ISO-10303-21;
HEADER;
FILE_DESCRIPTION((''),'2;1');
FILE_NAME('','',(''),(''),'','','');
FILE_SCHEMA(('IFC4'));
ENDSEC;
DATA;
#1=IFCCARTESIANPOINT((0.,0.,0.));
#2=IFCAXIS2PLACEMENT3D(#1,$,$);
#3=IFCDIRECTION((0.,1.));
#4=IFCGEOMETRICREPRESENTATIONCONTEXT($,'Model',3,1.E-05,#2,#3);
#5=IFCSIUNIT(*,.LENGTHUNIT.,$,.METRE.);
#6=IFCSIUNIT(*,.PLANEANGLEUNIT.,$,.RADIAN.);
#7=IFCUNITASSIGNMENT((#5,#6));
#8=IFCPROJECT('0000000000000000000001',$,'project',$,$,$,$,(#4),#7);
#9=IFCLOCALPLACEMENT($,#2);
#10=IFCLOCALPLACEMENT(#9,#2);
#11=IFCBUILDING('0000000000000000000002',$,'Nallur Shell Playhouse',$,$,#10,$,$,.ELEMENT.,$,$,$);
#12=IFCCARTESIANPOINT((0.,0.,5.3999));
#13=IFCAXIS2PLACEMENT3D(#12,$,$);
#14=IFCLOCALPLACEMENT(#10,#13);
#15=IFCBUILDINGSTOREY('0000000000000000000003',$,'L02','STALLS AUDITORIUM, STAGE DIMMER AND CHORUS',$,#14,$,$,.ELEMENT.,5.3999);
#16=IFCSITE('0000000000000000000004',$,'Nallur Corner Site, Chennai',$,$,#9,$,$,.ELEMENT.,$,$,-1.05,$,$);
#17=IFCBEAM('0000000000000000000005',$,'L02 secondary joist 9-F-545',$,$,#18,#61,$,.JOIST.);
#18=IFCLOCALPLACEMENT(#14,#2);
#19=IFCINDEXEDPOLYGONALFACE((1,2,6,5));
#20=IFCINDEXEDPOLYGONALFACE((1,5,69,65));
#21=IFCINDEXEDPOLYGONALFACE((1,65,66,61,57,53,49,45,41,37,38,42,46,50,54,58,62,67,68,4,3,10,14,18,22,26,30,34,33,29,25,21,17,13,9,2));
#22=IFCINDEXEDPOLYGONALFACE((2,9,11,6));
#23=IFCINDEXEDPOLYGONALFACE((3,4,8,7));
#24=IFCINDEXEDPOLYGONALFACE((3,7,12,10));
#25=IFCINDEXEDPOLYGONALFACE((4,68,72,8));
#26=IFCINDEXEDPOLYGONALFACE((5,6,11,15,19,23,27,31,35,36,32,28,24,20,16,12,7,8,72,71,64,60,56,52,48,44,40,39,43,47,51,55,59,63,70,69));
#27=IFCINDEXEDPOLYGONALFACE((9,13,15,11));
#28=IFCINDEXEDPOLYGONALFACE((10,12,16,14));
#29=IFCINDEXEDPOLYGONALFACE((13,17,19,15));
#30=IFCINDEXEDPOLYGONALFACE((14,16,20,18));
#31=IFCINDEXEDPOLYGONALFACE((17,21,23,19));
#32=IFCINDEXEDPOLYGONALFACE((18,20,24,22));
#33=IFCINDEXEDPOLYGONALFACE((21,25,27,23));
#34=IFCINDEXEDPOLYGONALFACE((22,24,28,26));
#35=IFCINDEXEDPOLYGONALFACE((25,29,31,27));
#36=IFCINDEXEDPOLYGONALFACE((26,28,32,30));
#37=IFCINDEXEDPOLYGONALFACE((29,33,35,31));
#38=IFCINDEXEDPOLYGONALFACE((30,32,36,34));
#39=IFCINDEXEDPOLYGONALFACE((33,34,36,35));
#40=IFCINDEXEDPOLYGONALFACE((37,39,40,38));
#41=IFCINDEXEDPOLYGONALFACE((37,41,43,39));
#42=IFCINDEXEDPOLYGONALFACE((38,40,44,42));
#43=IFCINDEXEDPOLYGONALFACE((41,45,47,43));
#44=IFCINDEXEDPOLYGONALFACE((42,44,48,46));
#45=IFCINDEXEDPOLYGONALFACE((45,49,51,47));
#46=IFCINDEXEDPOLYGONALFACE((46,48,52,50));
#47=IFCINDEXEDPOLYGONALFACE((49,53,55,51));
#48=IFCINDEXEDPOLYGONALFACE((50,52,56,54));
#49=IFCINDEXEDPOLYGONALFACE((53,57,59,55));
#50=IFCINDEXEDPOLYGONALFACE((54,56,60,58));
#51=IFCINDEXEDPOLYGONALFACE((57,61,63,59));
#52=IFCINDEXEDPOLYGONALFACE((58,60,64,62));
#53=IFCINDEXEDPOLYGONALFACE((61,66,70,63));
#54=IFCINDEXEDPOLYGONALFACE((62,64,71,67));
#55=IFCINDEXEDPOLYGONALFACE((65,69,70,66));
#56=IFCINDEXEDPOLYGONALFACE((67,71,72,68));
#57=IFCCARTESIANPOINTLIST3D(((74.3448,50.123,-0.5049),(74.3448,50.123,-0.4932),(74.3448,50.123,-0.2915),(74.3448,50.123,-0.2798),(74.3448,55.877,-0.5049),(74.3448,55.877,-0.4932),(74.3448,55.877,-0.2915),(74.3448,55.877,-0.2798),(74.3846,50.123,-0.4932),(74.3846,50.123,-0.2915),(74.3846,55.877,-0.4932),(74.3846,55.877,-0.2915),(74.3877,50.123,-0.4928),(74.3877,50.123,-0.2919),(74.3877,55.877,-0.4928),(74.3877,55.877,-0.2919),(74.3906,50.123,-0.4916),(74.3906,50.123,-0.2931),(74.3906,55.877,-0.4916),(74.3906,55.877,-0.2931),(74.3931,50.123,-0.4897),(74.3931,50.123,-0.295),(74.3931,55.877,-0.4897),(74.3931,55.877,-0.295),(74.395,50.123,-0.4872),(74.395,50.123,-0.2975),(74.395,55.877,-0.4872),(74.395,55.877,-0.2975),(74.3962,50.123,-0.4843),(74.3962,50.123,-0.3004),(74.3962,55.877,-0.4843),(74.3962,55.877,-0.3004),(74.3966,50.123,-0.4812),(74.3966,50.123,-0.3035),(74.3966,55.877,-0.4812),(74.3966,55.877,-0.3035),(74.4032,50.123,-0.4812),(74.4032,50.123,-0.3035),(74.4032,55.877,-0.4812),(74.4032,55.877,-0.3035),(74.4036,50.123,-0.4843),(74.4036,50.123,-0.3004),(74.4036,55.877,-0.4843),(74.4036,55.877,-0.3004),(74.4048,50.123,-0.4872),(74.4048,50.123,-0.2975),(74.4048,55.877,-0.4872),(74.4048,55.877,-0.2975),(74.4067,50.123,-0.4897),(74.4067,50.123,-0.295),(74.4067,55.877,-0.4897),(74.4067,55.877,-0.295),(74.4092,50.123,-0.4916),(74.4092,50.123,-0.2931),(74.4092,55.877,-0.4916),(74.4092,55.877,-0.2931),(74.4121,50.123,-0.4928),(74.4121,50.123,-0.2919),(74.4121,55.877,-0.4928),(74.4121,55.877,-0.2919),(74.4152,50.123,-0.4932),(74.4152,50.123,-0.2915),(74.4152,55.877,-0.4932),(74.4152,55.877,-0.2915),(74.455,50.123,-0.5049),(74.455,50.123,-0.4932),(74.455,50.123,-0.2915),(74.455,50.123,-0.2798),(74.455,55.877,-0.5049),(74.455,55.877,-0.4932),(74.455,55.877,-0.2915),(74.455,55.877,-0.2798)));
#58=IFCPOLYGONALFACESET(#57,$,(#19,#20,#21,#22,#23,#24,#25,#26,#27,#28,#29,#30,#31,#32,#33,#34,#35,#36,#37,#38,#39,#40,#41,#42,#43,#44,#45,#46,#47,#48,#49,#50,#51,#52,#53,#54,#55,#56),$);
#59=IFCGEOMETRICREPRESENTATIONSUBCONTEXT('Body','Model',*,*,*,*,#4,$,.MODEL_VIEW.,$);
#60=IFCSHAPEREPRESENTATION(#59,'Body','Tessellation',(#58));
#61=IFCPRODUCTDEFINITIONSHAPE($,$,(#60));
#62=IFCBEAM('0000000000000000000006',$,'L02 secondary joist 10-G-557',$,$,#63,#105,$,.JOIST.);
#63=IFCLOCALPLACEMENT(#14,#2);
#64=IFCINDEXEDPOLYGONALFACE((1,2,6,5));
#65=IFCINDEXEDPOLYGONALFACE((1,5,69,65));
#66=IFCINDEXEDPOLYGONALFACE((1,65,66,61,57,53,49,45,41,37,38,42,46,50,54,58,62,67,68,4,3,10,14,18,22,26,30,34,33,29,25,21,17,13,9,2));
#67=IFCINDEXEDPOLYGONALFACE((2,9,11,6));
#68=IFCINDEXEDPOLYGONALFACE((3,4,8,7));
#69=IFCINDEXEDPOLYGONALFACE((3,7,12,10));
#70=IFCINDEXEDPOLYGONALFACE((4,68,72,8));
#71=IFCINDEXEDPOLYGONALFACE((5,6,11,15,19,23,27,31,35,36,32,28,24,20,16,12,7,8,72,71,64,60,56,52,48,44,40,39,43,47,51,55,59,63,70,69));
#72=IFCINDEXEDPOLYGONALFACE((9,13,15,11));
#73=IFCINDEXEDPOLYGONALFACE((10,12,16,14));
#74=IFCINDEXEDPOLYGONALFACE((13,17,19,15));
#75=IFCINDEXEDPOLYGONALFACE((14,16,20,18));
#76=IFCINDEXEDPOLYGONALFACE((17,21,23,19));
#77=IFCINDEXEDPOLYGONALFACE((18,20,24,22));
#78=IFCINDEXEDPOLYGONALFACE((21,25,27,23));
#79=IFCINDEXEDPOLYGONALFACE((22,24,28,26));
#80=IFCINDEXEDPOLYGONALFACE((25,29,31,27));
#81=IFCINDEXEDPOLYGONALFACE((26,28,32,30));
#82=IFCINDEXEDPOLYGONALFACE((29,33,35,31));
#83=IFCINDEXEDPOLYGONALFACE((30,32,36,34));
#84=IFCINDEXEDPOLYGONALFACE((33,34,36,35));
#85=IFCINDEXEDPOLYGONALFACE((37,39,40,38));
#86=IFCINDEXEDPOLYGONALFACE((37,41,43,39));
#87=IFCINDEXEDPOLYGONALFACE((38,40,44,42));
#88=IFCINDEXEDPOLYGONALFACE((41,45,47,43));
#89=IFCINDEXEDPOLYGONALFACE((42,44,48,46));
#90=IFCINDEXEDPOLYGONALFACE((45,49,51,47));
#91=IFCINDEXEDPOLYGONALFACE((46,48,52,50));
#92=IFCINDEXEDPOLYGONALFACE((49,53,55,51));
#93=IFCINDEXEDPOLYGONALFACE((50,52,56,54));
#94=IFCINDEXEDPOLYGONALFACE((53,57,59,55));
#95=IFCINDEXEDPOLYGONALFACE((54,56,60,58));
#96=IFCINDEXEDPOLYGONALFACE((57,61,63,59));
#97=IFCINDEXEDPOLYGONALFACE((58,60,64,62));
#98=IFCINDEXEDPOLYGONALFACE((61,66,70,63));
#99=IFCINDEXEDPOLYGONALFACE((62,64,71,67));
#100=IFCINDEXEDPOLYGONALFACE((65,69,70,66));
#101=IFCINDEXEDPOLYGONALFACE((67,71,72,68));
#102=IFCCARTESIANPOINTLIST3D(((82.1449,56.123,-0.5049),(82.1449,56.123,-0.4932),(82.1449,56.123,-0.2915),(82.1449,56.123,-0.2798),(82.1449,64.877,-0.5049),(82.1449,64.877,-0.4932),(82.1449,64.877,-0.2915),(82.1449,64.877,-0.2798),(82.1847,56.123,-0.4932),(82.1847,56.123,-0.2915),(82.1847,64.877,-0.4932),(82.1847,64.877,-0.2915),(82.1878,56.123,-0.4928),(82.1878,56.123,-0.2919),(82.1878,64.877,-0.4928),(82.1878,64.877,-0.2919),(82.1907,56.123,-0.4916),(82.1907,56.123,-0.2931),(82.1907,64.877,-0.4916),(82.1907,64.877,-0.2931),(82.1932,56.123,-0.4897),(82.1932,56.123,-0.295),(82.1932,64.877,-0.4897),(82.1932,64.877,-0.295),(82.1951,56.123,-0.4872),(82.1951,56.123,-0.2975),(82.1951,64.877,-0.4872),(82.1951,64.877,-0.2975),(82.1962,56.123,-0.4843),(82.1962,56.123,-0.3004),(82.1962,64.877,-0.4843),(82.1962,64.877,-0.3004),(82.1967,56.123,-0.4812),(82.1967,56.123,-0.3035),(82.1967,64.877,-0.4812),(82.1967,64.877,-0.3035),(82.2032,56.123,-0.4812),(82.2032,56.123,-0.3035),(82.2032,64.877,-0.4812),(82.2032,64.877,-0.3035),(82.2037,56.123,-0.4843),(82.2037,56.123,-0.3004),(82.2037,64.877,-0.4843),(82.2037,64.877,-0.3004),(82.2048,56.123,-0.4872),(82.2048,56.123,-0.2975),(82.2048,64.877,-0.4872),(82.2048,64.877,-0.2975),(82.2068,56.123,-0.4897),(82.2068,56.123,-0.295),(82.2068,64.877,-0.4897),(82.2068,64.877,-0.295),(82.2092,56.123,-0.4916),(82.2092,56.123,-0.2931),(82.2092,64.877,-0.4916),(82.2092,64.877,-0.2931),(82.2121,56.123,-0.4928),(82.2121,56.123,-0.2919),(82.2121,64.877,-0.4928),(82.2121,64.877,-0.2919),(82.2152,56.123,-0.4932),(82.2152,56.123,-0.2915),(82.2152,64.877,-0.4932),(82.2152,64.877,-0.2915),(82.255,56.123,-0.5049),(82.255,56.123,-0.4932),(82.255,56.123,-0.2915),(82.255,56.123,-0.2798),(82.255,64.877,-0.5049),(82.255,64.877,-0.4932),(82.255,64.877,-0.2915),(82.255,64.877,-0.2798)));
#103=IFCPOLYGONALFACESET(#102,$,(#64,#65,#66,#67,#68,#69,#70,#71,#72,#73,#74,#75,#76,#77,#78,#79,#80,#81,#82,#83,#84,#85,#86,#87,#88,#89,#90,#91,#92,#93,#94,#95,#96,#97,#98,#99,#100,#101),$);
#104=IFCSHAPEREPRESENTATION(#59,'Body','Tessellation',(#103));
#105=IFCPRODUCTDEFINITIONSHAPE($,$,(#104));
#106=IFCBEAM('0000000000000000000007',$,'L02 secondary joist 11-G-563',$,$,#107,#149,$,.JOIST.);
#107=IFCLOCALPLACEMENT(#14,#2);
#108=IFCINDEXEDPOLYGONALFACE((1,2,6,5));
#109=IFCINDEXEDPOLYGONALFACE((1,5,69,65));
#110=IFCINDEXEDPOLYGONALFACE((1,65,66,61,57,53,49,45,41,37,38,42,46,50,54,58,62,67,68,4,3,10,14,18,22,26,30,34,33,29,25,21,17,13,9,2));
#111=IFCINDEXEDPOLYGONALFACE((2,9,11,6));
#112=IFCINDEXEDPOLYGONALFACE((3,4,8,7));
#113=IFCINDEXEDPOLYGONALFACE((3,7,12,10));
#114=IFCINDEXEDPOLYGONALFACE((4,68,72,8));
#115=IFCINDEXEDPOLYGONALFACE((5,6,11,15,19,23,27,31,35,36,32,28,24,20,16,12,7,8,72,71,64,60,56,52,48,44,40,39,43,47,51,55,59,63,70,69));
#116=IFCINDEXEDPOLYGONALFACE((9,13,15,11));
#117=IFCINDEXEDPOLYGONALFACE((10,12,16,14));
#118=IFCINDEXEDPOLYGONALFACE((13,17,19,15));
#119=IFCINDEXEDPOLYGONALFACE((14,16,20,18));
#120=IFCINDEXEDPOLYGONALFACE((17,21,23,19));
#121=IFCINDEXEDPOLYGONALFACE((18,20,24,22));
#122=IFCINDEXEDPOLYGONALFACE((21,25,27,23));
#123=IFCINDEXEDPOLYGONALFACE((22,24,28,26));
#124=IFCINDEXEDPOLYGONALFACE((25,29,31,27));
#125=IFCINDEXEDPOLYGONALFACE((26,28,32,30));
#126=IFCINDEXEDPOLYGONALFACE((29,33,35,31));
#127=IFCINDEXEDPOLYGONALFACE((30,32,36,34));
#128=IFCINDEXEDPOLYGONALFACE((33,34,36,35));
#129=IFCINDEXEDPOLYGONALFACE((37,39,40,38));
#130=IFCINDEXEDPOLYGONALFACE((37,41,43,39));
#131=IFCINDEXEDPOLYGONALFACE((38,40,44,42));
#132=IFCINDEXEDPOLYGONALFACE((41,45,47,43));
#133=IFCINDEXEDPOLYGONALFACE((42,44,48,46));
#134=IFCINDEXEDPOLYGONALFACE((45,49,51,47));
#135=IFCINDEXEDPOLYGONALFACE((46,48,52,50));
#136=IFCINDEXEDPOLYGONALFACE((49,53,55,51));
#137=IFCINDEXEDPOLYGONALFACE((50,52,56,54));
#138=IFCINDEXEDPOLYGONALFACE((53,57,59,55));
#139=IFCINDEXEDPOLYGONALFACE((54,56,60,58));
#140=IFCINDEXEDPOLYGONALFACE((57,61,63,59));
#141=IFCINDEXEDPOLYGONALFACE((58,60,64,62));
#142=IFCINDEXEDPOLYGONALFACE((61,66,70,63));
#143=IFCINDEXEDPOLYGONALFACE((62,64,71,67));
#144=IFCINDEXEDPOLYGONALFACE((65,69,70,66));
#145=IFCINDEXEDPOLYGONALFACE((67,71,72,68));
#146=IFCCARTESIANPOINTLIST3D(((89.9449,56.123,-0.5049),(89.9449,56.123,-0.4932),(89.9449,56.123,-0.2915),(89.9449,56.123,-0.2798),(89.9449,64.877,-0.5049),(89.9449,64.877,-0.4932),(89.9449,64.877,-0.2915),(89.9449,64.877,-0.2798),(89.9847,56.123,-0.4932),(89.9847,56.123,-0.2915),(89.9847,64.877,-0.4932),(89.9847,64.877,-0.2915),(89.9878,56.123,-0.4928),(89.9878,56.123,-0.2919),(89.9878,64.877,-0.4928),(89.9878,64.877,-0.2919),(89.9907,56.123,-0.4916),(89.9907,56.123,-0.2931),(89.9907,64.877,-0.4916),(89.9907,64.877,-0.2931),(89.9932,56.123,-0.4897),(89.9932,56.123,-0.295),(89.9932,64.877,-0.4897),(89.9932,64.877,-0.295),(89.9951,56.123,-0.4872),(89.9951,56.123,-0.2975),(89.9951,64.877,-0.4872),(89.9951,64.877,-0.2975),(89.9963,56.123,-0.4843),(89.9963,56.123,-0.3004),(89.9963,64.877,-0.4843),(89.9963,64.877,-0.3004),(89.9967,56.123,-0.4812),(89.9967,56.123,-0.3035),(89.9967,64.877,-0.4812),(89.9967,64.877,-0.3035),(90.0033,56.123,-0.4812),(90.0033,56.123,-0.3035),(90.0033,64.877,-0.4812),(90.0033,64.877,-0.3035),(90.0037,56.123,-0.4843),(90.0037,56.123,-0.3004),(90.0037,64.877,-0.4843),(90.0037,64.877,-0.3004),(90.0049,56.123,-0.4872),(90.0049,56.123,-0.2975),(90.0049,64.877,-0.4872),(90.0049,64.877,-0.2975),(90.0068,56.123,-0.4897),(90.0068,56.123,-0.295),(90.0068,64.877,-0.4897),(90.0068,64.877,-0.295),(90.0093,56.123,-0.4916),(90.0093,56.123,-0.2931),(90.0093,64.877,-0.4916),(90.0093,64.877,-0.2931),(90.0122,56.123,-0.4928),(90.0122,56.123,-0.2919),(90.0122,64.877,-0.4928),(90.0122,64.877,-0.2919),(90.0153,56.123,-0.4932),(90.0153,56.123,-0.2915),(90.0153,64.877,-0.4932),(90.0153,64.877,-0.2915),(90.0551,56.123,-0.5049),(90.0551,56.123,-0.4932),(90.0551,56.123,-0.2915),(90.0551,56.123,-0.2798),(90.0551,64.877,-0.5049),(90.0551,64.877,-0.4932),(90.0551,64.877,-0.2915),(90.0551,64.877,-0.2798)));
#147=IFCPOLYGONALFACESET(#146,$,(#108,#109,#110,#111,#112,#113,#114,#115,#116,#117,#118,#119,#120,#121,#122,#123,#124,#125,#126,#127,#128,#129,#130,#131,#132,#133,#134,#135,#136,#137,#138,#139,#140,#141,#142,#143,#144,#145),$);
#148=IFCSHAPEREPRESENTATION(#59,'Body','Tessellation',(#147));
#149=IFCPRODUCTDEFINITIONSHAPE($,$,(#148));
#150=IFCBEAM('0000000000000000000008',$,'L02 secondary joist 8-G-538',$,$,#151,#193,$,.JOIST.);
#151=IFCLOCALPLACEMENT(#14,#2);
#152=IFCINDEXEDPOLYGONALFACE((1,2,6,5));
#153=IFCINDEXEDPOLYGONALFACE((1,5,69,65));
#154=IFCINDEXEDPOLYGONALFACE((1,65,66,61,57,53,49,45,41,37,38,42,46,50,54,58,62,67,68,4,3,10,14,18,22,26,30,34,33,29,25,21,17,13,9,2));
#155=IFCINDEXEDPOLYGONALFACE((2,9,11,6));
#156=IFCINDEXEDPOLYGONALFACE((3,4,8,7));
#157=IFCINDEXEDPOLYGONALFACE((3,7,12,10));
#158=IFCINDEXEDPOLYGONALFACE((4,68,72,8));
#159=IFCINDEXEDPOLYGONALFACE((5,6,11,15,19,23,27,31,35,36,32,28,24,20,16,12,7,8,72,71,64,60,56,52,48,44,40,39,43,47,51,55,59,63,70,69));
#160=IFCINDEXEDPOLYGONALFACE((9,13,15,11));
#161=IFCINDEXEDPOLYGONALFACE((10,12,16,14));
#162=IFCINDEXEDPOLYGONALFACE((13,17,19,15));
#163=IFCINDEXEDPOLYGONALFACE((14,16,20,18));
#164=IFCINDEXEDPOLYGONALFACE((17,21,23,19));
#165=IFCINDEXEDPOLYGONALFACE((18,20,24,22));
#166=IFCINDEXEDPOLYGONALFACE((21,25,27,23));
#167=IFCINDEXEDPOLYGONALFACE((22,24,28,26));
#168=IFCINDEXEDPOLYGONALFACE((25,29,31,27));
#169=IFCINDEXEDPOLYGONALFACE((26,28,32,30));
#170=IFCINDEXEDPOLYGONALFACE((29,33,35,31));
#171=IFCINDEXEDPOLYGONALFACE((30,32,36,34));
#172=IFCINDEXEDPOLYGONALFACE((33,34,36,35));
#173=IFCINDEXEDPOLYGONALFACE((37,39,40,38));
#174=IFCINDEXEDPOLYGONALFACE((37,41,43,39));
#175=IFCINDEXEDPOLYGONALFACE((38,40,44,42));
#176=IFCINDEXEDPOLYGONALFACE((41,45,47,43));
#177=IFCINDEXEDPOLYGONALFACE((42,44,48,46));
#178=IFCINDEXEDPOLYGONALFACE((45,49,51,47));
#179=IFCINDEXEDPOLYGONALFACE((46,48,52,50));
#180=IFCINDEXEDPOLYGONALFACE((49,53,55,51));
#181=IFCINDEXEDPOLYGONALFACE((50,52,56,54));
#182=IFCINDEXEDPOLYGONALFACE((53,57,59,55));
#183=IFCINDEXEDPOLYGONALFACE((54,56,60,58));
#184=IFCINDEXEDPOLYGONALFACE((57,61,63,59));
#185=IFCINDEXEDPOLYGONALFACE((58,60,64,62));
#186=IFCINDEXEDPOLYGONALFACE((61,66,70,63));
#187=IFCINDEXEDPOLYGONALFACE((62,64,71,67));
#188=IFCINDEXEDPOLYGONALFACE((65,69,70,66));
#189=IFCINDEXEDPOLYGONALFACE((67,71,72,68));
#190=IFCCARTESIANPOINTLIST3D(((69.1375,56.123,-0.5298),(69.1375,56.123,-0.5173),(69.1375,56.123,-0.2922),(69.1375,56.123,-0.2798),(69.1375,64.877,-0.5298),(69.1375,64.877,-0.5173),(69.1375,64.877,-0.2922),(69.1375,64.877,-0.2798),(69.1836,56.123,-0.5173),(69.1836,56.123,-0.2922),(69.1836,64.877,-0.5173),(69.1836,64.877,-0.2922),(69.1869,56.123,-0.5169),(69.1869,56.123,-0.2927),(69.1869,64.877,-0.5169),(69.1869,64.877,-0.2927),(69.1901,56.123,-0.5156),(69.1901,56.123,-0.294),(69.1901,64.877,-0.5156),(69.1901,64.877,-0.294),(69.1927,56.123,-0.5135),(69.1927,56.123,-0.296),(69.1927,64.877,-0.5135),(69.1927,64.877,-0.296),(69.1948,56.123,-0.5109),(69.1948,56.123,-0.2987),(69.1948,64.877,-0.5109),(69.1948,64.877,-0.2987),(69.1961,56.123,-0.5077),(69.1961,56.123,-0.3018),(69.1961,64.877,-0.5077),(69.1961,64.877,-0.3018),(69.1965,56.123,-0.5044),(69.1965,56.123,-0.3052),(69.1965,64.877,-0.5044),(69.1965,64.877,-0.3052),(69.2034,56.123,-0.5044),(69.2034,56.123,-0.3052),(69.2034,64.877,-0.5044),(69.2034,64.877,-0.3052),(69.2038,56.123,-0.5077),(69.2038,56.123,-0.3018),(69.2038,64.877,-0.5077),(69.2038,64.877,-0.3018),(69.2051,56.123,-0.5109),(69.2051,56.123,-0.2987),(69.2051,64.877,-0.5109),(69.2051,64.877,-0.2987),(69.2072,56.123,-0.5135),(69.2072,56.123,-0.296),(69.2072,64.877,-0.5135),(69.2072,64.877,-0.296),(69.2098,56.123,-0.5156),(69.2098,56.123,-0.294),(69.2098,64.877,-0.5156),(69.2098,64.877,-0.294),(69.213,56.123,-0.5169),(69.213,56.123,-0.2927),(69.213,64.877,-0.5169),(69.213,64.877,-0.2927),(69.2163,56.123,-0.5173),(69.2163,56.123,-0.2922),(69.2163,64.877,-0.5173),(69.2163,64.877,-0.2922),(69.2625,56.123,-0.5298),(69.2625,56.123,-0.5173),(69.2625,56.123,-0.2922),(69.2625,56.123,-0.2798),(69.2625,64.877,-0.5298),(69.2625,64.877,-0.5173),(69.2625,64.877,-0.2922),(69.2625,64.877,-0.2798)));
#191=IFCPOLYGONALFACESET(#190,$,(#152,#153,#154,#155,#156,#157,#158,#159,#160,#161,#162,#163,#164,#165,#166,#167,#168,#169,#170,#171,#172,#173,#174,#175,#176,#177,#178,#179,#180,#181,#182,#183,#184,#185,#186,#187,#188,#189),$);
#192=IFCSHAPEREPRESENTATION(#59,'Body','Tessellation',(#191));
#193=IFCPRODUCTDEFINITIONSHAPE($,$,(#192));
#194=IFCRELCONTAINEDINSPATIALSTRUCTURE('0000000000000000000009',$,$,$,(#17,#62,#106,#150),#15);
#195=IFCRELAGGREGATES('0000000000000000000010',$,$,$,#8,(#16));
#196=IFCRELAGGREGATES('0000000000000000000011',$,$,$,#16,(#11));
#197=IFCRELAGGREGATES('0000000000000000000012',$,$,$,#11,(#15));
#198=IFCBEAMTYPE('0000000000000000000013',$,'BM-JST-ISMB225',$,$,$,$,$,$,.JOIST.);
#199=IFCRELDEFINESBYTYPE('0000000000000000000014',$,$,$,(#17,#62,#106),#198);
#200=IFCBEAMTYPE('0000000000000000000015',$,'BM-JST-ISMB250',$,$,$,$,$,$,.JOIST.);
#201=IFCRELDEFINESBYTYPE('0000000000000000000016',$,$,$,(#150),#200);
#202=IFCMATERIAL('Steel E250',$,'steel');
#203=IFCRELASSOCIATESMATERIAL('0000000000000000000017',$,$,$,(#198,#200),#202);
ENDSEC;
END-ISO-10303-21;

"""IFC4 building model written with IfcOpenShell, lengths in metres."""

from ifc_helpers import new_model, si_unit, direction, frame, origin, origin_2d, place, context, subcontext, project, spatial, i_section, extrude, material, material_profile, profile_set, type_object, element, save


model = new_model("IFC4")

# Units and contexts
model_context = context("Model", 3, precision=1e-05, world=origin(), true_north=direction((0.0, 1.0)))
body_context = subcontext(model_context, "Body", "Model", "MODEL_VIEW")
ifc_project = project(units=[si_unit("LENGTHUNIT", "METRE"), si_unit("PLANEANGLEUNIT", "RADIAN")], contexts=[model_context])

# Site, building, storey
site_placement = place(None, origin())
site = spatial("IfcSite", under=ifc_project, at=site_placement, Name="Nallur Corner Site, Chennai", CompositionType="ELEMENT", RefElevation=-1.05)
building_placement = place(site_placement, origin())
building = spatial("IfcBuilding", under=site, at=building_placement, Name="Nallur Shell Playhouse", CompositionType="ELEMENT")
storey_placement = place(building_placement, frame((0.0, 0.0, 5.3999)))
storey = spatial("IfcBuildingStorey", under=building, at=storey_placement, Name="L02", Description="STALLS AUDITORIUM, STAGE DIMMER AND CHORUS", CompositionType="ELEMENT", Elevation=5.3999)

# Beams
ifc_material_1 = material(Name="Steel E250", Category="steel")
ifc_material_profile_1 = material_profile(ifc_material_1, i_section(OverallWidth=0.1101, OverallDepth=0.2251, WebThickness=0.0066, FlangeThickness=0.0117, FilletRadius=0.012, at=origin_2d()), Name="ISMB 225")
ifc_profile_set_1 = profile_set([ifc_material_profile_1], Name="Steel E250")
beam_type_1 = type_object("IfcBeamType", Name="BM-JST-ISMB225", PredefinedType="JOIST", material=ifc_profile_set_1)
beam_1_placement = place(storey_placement, frame((74.3999, 50.123, -0.3923), z_axis=(0.0, 1.0, 0.0), x_axis=(-1.0, 0.0, 0.0)))
element("IfcBeam", 1, at=beam_1_placement, inside=storey, type_object=beam_type_1, Name="L02 secondary joist 9-F-545", PredefinedType="JOIST", context=body_context, shape_type="SweptSolid", body=[
    extrude(i_section(OverallWidth=0.1101, OverallDepth=0.2251, WebThickness=0.0066, FlangeThickness=0.0117, FilletRadius=0.012, at=origin_2d()), origin(), (0.0, 0.0, 1.0), 5.7539),
])
for number, where, z_axis, x_axis, name in (
    (2, (82.2, 56.123, -0.3923), (0.0, 1.0, 0.0), (-1.0, 0.0, 0.0), "L02 secondary joist 10-G-557"),
    (3, (90.0, 56.123, -0.3923), (0.0, 1.0, 0.0), (-1.0, 0.0, 0.0), "L02 secondary joist 11-G-563"),
):
    element("IfcBeam", number, at=place(storey_placement, frame(where, z_axis=z_axis, x_axis=x_axis)), inside=storey, type_object=beam_type_1, Name=name, PredefinedType="JOIST", context=body_context, shape_type="SweptSolid", body=[
        extrude(i_section(OverallWidth=0.1101, OverallDepth=0.2251, WebThickness=0.0066, FlangeThickness=0.0117, FilletRadius=0.012, at=origin_2d()), origin(), (0.0, 0.0, 1.0), 8.7539),
    ])
ifc_material_profile_2 = material_profile(ifc_material_1, i_section(OverallWidth=0.125, OverallDepth=0.25, WebThickness=0.0068, FlangeThickness=0.0125, FilletRadius=0.0129, at=origin_2d()), Name="ISMB 250")
ifc_profile_set_2 = profile_set([ifc_material_profile_2], Name="Steel E250")
beam_type_2 = type_object("IfcBeamType", Name="BM-JST-ISMB250", PredefinedType="JOIST", material=ifc_profile_set_2)
beam_2_placement = place(storey_placement, frame((69.2, 56.123, -0.4048), z_axis=(0.0, 1.0, 0.0), x_axis=(-1.0, 0.0, 0.0)))
element("IfcBeam", 4, at=beam_2_placement, inside=storey, type_object=beam_type_2, Name="L02 secondary joist 8-G-538", PredefinedType="JOIST", context=body_context, shape_type="SweptSolid", body=[
    extrude(i_section(OverallWidth=0.125, OverallDepth=0.25, WebThickness=0.0068, FlangeThickness=0.0125, FilletRadius=0.0129, at=origin_2d()), origin(), (0.0, 0.0, 1.0), 8.7539),
])

save(model, "model.ifc")
